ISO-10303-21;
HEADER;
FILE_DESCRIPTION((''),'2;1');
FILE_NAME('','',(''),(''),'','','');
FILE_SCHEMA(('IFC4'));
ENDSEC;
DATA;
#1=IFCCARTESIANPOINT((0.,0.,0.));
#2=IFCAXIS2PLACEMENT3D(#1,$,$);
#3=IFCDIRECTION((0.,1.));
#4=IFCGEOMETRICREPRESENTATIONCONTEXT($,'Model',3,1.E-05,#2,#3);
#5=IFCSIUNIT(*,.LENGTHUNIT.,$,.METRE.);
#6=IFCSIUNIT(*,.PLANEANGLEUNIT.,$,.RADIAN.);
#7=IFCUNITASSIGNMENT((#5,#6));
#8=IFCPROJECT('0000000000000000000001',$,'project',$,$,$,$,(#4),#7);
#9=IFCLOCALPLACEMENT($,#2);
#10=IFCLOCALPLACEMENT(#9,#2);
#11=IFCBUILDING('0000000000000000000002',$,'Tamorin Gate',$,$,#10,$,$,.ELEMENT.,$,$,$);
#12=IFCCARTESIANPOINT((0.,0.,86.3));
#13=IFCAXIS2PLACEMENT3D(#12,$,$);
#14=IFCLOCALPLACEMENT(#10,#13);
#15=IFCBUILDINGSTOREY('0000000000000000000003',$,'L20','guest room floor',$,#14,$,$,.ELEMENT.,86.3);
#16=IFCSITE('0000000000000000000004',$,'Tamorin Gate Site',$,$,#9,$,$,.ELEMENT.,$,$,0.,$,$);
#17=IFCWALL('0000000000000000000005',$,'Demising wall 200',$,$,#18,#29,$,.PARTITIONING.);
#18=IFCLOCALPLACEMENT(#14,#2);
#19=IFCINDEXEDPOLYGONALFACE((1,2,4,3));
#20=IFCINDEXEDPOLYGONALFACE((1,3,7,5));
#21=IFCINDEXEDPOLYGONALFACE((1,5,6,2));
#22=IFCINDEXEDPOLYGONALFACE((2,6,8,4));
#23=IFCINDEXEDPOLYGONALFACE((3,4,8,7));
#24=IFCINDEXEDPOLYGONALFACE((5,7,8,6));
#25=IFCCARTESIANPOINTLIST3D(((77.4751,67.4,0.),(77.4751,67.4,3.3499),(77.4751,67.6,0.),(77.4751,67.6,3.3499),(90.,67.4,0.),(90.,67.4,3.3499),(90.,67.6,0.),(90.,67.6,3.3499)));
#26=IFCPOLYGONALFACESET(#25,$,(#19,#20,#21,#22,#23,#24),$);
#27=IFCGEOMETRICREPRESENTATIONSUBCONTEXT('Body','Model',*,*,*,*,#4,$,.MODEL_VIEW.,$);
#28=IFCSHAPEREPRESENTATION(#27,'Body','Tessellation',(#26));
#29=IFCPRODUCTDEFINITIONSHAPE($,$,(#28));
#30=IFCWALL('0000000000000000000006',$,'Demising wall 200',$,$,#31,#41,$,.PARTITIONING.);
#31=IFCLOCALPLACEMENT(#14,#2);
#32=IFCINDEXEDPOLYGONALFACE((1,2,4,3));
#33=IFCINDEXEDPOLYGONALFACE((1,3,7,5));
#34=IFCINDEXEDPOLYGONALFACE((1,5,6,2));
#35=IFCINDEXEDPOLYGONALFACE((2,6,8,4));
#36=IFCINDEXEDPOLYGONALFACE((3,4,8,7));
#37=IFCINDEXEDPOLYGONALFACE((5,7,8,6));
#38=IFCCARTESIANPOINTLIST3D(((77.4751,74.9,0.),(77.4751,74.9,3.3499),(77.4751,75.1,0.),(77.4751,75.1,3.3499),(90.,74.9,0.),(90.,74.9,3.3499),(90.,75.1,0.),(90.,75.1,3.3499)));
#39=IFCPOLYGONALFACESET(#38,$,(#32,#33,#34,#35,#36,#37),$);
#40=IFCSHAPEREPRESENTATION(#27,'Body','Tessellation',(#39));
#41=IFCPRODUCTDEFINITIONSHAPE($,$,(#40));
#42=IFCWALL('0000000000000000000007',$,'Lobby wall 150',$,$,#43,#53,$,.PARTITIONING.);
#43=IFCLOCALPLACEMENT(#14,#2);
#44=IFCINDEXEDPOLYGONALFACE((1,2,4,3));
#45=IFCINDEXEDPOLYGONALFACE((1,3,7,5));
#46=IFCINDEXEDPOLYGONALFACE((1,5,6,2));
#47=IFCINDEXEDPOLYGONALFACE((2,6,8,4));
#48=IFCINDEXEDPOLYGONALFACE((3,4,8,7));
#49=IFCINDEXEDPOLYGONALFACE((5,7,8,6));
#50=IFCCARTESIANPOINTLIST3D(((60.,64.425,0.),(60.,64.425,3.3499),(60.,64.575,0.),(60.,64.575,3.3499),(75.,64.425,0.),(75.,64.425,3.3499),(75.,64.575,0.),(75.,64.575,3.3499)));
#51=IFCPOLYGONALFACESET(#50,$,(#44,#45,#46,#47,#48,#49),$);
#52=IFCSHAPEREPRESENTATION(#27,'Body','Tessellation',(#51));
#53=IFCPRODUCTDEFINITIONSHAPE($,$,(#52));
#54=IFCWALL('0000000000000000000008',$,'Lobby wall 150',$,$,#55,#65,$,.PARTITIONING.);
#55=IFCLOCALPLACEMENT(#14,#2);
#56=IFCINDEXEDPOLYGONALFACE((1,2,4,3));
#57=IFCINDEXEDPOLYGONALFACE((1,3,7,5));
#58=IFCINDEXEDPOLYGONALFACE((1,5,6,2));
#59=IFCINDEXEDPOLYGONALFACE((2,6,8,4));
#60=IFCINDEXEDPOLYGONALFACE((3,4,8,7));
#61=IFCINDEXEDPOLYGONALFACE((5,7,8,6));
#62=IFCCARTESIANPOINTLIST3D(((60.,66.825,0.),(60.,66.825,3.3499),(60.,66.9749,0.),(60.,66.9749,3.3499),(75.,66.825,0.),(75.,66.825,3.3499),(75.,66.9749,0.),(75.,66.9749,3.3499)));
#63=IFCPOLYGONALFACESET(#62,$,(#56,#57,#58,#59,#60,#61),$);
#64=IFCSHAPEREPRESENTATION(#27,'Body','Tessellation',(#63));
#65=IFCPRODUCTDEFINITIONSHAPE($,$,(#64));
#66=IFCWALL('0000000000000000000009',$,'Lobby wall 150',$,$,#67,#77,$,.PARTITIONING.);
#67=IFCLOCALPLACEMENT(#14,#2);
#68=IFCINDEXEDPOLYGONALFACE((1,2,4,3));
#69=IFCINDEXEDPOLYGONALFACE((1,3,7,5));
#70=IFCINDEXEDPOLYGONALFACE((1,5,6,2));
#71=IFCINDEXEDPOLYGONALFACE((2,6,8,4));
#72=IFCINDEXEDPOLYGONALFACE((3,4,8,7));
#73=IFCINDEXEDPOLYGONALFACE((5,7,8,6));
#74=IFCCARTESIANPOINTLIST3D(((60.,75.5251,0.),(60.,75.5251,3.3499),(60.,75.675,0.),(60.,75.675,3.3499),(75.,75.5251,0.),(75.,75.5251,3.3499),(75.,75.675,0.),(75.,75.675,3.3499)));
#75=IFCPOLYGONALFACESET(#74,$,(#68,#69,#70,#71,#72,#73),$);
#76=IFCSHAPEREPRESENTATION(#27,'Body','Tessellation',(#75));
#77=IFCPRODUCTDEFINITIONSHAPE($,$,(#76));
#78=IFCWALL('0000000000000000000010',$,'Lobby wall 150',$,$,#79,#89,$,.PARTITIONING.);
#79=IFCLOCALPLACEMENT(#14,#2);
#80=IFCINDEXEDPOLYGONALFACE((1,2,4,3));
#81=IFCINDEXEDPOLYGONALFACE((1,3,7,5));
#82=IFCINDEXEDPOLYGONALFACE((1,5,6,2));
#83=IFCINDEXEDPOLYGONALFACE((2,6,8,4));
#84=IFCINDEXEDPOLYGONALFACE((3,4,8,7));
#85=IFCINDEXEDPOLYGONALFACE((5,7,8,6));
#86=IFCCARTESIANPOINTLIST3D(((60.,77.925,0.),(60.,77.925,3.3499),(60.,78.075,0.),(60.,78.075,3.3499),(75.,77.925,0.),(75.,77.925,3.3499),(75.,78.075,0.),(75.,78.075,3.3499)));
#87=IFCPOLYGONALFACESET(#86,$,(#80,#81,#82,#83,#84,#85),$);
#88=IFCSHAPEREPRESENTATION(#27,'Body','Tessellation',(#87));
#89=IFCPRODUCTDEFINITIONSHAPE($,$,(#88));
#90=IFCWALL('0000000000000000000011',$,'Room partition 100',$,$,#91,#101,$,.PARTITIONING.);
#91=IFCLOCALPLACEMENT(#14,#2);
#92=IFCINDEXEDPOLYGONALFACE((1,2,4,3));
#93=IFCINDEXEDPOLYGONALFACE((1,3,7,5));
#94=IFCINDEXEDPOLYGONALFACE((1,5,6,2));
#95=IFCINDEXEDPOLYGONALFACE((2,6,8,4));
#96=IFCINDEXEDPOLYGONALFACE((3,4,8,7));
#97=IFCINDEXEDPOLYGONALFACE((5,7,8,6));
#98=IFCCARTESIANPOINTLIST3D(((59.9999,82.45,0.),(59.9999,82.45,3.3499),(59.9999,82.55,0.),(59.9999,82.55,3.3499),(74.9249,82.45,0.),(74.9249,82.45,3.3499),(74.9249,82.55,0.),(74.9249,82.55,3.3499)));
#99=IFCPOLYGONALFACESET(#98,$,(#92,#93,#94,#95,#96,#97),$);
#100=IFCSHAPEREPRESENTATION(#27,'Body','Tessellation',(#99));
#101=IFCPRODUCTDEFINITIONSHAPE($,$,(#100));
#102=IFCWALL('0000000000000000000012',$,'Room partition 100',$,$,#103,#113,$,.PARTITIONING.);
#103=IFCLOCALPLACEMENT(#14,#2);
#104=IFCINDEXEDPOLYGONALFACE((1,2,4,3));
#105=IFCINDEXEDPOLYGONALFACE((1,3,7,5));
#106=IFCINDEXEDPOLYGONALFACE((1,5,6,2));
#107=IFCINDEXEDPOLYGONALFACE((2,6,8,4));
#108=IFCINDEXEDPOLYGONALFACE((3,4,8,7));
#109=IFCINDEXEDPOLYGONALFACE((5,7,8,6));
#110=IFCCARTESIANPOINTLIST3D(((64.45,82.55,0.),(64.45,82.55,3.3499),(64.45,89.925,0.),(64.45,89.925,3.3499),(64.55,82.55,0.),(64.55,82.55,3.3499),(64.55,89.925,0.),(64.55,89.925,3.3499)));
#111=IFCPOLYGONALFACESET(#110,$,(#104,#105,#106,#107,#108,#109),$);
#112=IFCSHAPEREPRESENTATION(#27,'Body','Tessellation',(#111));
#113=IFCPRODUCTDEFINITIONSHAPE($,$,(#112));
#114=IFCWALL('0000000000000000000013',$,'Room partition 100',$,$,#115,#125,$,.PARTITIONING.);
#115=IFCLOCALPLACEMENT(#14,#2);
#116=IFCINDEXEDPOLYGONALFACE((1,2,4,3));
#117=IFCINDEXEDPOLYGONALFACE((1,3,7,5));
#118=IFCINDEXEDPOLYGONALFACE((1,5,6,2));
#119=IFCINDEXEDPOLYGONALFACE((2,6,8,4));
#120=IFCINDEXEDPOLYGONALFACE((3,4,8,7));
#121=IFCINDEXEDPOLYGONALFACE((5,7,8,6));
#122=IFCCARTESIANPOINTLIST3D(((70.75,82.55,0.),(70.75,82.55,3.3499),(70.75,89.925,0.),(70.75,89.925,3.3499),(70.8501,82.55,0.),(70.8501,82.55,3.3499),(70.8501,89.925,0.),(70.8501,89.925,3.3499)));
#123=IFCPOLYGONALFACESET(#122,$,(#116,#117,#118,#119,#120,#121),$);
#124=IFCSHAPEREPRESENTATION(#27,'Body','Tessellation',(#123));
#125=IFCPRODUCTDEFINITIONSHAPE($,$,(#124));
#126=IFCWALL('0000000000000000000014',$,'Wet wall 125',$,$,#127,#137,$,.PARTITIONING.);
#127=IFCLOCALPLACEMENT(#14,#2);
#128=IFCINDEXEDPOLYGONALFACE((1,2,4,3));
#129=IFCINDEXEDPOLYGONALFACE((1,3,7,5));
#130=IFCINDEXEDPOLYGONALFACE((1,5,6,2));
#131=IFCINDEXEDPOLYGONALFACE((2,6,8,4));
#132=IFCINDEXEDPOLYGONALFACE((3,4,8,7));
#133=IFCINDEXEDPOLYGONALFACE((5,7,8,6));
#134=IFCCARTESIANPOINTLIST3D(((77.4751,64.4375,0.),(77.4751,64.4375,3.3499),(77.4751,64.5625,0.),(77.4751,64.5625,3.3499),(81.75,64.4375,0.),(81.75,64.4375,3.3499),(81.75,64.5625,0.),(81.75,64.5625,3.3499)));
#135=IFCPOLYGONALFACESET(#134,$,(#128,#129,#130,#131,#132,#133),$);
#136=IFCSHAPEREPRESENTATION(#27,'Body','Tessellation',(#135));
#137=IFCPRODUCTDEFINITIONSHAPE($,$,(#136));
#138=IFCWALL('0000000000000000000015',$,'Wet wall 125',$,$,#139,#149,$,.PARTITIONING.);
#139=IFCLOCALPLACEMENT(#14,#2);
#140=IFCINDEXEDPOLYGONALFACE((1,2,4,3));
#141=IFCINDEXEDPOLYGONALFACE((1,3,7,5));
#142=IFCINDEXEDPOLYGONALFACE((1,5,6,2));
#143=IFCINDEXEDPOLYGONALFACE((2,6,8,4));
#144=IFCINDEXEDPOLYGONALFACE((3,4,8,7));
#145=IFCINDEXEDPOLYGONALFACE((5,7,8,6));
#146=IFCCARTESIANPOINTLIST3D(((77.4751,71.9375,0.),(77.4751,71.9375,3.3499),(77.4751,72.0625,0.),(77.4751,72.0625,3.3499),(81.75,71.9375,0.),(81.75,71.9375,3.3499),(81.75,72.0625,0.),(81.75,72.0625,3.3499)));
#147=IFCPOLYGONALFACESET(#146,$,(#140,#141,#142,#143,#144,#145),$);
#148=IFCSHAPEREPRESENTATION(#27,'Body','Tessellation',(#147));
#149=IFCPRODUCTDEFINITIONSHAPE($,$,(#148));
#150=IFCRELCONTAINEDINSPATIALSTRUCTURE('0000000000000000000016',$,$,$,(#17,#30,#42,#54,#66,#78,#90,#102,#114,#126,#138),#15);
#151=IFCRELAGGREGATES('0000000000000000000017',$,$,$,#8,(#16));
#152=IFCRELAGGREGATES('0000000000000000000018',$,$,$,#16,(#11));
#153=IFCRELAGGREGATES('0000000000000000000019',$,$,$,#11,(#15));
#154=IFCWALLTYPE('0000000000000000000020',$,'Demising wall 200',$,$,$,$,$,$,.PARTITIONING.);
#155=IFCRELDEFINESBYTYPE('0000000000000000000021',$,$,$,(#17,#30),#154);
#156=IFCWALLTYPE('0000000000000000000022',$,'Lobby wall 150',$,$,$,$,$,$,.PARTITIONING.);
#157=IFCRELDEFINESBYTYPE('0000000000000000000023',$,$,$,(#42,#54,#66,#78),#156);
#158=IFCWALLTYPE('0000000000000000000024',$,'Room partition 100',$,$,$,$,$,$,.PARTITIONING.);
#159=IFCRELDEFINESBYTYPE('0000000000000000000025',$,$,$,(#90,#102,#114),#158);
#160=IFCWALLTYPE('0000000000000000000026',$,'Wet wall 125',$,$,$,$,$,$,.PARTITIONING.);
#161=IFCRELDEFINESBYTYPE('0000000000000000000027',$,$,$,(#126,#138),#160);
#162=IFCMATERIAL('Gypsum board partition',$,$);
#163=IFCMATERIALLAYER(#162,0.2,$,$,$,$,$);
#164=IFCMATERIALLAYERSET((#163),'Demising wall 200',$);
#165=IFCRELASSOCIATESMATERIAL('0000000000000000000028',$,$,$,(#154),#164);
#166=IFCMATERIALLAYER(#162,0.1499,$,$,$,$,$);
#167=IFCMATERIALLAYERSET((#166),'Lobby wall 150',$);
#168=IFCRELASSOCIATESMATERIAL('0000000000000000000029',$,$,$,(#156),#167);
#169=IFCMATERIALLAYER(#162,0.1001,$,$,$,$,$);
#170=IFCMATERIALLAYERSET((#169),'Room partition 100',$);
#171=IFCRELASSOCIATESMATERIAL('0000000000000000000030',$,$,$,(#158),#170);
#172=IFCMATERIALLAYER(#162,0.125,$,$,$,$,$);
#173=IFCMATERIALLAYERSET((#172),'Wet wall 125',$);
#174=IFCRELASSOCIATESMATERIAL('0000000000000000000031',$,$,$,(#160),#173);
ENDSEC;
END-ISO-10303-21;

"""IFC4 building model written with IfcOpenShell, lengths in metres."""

from ifc_helpers import new_model, si_unit, direction, frame, frame_2d, origin, place, context, subcontext, project, spatial, rectangle, extrude, material, layer, layer_set, type_object, element, save


model = new_model("IFC4")

# Units and contexts
model_context = context("Model", 3, precision=1e-05, world=origin(), true_north=direction((0.0, 1.0)))
body_context = subcontext(model_context, "Body", "Model", "MODEL_VIEW")
ifc_project = project(units=[si_unit("LENGTHUNIT", "METRE"), si_unit("PLANEANGLEUNIT", "RADIAN")], contexts=[model_context])

# Site, building, storey
site_placement = place(None, origin())
site = spatial("IfcSite", under=ifc_project, at=site_placement, Name="Tamorin Gate Site", CompositionType="ELEMENT", RefElevation=0.0)
building_placement = place(site_placement, origin())
building = spatial("IfcBuilding", under=site, at=building_placement, Name="Tamorin Gate", CompositionType="ELEMENT")
storey_placement = place(building_placement, frame((0.0, 0.0, 86.3)))
storey = spatial("IfcBuildingStorey", under=building, at=storey_placement, Name="L20", Description="guest room floor", CompositionType="ELEMENT", Elevation=86.3)

# Shared definitions
ifc_material_1 = material(Name="Gypsum board partition")

# Walls
ifc_layer_1 = layer(ifc_material_1, 0.2)
ifc_layer_set_1 = layer_set([ifc_layer_1], Name="Demising wall 200")
wall_type_1 = type_object("IfcWallType", Name="Demising wall 200", PredefinedType="PARTITIONING", material=ifc_layer_set_1)
for number, where, z_axis, x_axis, name in (
    (1, (77.4751, 67.5, 0.0), (0.0, 0.0, 1.0), (1.0, 0.0, 0.0), "Demising wall 200"),
    (2, (77.4751, 75.0, 0.0), (0.0, 0.0, 1.0), (1.0, 0.0, 0.0), "Demising wall 200"),
):
    element("IfcWall", number, at=place(storey_placement, frame(where, z_axis=z_axis, x_axis=x_axis)), inside=storey, type_object=wall_type_1, Name=name, PredefinedType="PARTITIONING", context=body_context, shape_type="SweptSolid", body=[
        extrude(rectangle(XDim=12.5249, YDim=0.2, at=frame_2d((6.2625, 0.0))), origin(), (0.0, 0.0, 1.0), 3.3499),
    ])
ifc_layer_2 = layer(ifc_material_1, 0.1499)
ifc_layer_set_2 = layer_set([ifc_layer_2], Name="Lobby wall 150")
wall_type_2 = type_object("IfcWallType", Name="Lobby wall 150", PredefinedType="PARTITIONING", material=ifc_layer_set_2)
for number, where, z_axis, x_axis, name in (
    (3, (60.0, 64.5, 0.0), (0.0, 0.0, 1.0), (1.0, 0.0, 0.0), "Lobby wall 150"),
    (4, (60.0, 66.8999, 0.0), (0.0, 0.0, 1.0), (1.0, 0.0, 0.0), "Lobby wall 150"),
    (5, (60.0, 75.6001, 0.0), (0.0, 0.0, 1.0), (1.0, 0.0, 0.0), "Lobby wall 150"),
    (6, (60.0, 78.0, 0.0), (0.0, 0.0, 1.0), (1.0, 0.0, 0.0), "Lobby wall 150"),
):
    element("IfcWall", number, at=place(storey_placement, frame(where, z_axis=z_axis, x_axis=x_axis)), inside=storey, type_object=wall_type_2, Name=name, PredefinedType="PARTITIONING", context=body_context, shape_type="SweptSolid", body=[
        extrude(rectangle(XDim=15.0, YDim=0.1499, at=frame_2d((7.5, 0.0))), origin(), (0.0, 0.0, 1.0), 3.3499),
    ])
ifc_layer_3 = layer(ifc_material_1, 0.1001)
ifc_layer_set_3 = layer_set([ifc_layer_3], Name="Room partition 100")
wall_type_3 = type_object("IfcWallType", Name="Room partition 100", PredefinedType="PARTITIONING", material=ifc_layer_set_3)
wall_1_placement = place(storey_placement, frame((60.0, 82.5, 0.0), z_axis=(0.0, 0.0, 1.0), x_axis=(1.0, 0.0, 0.0)))
element("IfcWall", 7, at=wall_1_placement, inside=storey, type_object=wall_type_3, Name="Room partition 100", PredefinedType="PARTITIONING", context=body_context, shape_type="SweptSolid", body=[
    extrude(rectangle(XDim=14.925, YDim=0.1001, at=frame_2d((7.4624, 0.0))), origin(), (0.0, 0.0, 1.0), 3.3499),
])
for number, where, z_axis, x_axis, name in (
    (8, (64.5, 82.55, 0.0), (0.0, 0.0, 1.0), (0.0, 1.0, 0.0), "Room partition 100"),
    (9, (70.8, 82.55, 0.0), (0.0, 0.0, 1.0), (0.0, 1.0, 0.0), "Room partition 100"),
):
    element("IfcWall", number, at=place(storey_placement, frame(where, z_axis=z_axis, x_axis=x_axis)), inside=storey, type_object=wall_type_3, Name=name, PredefinedType="PARTITIONING", context=body_context, shape_type="SweptSolid", body=[
        extrude(rectangle(XDim=7.375, YDim=0.1001, at=frame_2d((3.6875, 0.0))), origin(), (0.0, 0.0, 1.0), 3.3499),
    ])
ifc_layer_4 = layer(ifc_material_1, 0.125)
ifc_layer_set_4 = layer_set([ifc_layer_4], Name="Wet wall 125")
wall_type_4 = type_object("IfcWallType", Name="Wet wall 125", PredefinedType="PARTITIONING", material=ifc_layer_set_4)
for number, where, z_axis, x_axis, name in (
    (10, (77.4751, 64.5, 0.0), (0.0, 0.0, 1.0), (1.0, 0.0, 0.0), "Wet wall 125"),
    (11, (77.4751, 72.0, 0.0), (0.0, 0.0, 1.0), (1.0, 0.0, 0.0), "Wet wall 125"),
):
    element("IfcWall", number, at=place(storey_placement, frame(where, z_axis=z_axis, x_axis=x_axis)), inside=storey, type_object=wall_type_4, Name=name, PredefinedType="PARTITIONING", context=body_context, shape_type="SweptSolid", body=[
        extrude(rectangle(XDim=4.2749, YDim=0.125, at=frame_2d((2.1375, 0.0))), origin(), (0.0, 0.0, 1.0), 3.3499),
    ])

save(model, "model.ifc")
